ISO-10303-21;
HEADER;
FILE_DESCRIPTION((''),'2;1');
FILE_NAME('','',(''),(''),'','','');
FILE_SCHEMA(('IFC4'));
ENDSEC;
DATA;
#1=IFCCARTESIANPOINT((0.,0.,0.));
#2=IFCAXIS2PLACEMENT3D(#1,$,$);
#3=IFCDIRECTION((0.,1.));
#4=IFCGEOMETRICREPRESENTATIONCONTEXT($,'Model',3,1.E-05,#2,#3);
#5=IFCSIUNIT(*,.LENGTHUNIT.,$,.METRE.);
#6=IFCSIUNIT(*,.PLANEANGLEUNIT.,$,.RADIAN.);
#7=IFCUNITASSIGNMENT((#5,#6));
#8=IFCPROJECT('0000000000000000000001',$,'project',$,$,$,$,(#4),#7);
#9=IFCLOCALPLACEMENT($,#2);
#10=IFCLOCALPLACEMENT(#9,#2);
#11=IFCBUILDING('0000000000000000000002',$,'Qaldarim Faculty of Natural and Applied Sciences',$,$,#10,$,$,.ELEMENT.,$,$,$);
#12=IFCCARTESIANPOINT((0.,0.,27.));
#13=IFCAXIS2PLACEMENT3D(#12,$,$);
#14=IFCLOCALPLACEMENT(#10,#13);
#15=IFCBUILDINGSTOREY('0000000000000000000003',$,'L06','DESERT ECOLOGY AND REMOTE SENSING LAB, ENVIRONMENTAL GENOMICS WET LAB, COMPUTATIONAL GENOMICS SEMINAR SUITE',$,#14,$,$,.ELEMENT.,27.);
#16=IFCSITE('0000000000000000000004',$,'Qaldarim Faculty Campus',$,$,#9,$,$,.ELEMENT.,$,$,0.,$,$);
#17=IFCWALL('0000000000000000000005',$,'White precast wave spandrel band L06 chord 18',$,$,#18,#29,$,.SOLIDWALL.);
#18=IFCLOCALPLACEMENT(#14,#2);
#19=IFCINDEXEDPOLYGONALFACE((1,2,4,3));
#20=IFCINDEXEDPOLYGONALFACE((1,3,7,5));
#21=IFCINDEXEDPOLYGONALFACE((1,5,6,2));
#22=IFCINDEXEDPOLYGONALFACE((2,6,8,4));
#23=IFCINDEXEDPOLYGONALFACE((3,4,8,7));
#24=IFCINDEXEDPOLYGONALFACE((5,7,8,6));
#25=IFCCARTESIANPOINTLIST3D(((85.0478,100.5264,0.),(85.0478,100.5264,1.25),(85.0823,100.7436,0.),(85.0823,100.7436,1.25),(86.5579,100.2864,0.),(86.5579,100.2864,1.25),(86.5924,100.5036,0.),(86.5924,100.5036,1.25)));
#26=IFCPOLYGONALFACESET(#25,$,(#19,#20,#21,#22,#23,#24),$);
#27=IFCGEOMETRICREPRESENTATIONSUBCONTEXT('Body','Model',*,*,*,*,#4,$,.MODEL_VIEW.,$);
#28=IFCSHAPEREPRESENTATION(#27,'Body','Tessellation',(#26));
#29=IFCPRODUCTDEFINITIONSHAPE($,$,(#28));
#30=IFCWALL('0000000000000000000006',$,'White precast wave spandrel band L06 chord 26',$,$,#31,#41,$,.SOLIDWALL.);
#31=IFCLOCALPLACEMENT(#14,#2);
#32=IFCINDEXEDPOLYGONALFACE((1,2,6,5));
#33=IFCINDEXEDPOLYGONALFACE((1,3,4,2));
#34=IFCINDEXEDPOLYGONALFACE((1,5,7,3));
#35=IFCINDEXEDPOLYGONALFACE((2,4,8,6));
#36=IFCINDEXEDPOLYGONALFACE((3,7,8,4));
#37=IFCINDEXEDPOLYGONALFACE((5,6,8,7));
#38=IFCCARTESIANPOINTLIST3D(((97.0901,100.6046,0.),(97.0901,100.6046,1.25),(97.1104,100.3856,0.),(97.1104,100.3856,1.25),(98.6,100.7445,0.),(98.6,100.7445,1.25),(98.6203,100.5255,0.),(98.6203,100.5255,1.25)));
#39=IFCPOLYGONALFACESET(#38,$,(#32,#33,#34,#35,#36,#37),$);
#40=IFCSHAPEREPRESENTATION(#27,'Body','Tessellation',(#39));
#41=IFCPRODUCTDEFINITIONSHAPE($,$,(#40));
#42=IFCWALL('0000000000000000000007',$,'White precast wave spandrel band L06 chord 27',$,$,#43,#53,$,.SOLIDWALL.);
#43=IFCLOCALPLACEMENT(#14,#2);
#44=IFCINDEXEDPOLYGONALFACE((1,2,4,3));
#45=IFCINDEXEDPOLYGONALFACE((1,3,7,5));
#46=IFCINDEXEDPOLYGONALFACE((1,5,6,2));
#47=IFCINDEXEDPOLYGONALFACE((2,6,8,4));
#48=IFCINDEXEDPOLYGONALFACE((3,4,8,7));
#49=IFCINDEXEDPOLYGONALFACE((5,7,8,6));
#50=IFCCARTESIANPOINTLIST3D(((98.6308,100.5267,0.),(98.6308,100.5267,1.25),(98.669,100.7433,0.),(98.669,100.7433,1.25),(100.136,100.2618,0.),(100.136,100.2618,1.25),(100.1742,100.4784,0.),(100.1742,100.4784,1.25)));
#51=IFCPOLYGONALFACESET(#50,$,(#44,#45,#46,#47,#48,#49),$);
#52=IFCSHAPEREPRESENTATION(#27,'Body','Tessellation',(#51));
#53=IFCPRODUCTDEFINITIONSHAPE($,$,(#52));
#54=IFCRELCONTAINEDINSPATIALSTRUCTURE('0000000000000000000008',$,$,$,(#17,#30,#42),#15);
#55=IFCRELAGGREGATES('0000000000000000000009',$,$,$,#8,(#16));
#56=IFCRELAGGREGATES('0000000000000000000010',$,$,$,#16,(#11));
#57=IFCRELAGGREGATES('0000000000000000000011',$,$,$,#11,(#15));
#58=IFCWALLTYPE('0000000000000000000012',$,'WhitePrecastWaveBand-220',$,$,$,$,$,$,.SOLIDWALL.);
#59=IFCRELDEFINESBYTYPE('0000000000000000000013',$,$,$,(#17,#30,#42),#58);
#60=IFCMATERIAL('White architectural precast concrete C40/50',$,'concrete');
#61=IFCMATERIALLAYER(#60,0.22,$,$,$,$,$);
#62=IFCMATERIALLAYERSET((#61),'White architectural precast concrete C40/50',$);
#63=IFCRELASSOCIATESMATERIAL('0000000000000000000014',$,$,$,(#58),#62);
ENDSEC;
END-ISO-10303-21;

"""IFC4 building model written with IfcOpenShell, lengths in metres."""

from ifc_helpers import new_model, si_unit, direction, frame, frame_2d, origin, place, context, subcontext, project, spatial, rectangle, extrude, material, layer, layer_set, type_object, element, save


model = new_model("IFC4")

# Units and contexts
model_context = context("Model", 3, precision=1e-05, world=origin(), true_north=direction((0.0, 1.0)))
body_context = subcontext(model_context, "Body", "Model", "MODEL_VIEW")
ifc_project = project(units=[si_unit("LENGTHUNIT", "METRE"), si_unit("PLANEANGLEUNIT", "RADIAN")], contexts=[model_context])

# Site, building, storey
site_placement = place(None, origin())
site = spatial("IfcSite", under=ifc_project, at=site_placement, Name="Qaldarim Faculty Campus", CompositionType="ELEMENT", RefElevation=0.0)
building_placement = place(site_placement, origin())
building = spatial("IfcBuilding", under=site, at=building_placement, Name="Qaldarim Faculty of Natural and Applied Sciences", CompositionType="ELEMENT")
storey_placement = place(building_placement, frame((0.0, 0.0, 27.0)))
storey = spatial("IfcBuildingStorey", under=building, at=storey_placement, Name="L06", Description="DESERT ECOLOGY AND REMOTE SENSING LAB, ENVIRONMENTAL GENOMICS WET LAB, COMPUTATIONAL GENOMICS SEMINAR SUITE", CompositionType="ELEMENT", Elevation=27.0)

# Walls
ifc_material_1 = material(Name="White architectural precast concrete C40/50", Category="concrete")
ifc_layer = layer(ifc_material_1, 0.22)
ifc_layer_set = layer_set([ifc_layer], Name="White architectural precast concrete C40/50")
wall_type = type_object("IfcWallType", Name="WhitePrecastWaveBand-220", PredefinedType="SOLIDWALL", material=ifc_layer_set)
wall_1_placement = place(storey_placement, frame((85.0649, 100.635, 0.0), z_axis=(0.0, 0.0, 1.0), x_axis=(0.987605, -0.156963, 0.0)))
element("IfcWall", 1, at=wall_1_placement, inside=storey, type_object=wall_type, Name="White precast wave spandrel band L06 chord 18", PredefinedType="SOLIDWALL", context=body_context, shape_type="SweptSolid", body=[
    extrude(rectangle(XDim=1.5291, YDim=0.22, at=frame_2d((0.7646, 0.0))), origin(), (0.0, 0.0, 1.0), 1.25),
])
wall_2_placement = place(storey_placement, frame((97.1001, 100.4951, 0.0), z_axis=(0.0, 0.0, 1.0), x_axis=(0.995736, 0.092248, 0.0)))
element("IfcWall", 2, at=wall_2_placement, inside=storey, type_object=wall_type, Name="White precast wave spandrel band L06 chord 26", PredefinedType="SOLIDWALL", context=body_context, shape_type="SweptSolid", body=[
    extrude(rectangle(XDim=1.5164, YDim=0.22, at=frame_2d((0.7583, 0.0))), origin(), (0.0, 0.0, 1.0), 1.25),
])
wall_3_placement = place(storey_placement, frame((98.6499, 100.635, 0.0), z_axis=(0.0, 0.0, 1.0), x_axis=(0.984864, -0.17333, 0.0)))
element("IfcWall", 3, at=wall_3_placement, inside=storey, type_object=wall_type, Name="White precast wave spandrel band L06 chord 27", PredefinedType="SOLIDWALL", context=body_context, shape_type="SweptSolid", body=[
    extrude(rectangle(XDim=1.5283, YDim=0.22, at=frame_2d((0.7642, 0.0))), origin(), (0.0, 0.0, 1.0), 1.25),
])

save(model, "model.ifc")
